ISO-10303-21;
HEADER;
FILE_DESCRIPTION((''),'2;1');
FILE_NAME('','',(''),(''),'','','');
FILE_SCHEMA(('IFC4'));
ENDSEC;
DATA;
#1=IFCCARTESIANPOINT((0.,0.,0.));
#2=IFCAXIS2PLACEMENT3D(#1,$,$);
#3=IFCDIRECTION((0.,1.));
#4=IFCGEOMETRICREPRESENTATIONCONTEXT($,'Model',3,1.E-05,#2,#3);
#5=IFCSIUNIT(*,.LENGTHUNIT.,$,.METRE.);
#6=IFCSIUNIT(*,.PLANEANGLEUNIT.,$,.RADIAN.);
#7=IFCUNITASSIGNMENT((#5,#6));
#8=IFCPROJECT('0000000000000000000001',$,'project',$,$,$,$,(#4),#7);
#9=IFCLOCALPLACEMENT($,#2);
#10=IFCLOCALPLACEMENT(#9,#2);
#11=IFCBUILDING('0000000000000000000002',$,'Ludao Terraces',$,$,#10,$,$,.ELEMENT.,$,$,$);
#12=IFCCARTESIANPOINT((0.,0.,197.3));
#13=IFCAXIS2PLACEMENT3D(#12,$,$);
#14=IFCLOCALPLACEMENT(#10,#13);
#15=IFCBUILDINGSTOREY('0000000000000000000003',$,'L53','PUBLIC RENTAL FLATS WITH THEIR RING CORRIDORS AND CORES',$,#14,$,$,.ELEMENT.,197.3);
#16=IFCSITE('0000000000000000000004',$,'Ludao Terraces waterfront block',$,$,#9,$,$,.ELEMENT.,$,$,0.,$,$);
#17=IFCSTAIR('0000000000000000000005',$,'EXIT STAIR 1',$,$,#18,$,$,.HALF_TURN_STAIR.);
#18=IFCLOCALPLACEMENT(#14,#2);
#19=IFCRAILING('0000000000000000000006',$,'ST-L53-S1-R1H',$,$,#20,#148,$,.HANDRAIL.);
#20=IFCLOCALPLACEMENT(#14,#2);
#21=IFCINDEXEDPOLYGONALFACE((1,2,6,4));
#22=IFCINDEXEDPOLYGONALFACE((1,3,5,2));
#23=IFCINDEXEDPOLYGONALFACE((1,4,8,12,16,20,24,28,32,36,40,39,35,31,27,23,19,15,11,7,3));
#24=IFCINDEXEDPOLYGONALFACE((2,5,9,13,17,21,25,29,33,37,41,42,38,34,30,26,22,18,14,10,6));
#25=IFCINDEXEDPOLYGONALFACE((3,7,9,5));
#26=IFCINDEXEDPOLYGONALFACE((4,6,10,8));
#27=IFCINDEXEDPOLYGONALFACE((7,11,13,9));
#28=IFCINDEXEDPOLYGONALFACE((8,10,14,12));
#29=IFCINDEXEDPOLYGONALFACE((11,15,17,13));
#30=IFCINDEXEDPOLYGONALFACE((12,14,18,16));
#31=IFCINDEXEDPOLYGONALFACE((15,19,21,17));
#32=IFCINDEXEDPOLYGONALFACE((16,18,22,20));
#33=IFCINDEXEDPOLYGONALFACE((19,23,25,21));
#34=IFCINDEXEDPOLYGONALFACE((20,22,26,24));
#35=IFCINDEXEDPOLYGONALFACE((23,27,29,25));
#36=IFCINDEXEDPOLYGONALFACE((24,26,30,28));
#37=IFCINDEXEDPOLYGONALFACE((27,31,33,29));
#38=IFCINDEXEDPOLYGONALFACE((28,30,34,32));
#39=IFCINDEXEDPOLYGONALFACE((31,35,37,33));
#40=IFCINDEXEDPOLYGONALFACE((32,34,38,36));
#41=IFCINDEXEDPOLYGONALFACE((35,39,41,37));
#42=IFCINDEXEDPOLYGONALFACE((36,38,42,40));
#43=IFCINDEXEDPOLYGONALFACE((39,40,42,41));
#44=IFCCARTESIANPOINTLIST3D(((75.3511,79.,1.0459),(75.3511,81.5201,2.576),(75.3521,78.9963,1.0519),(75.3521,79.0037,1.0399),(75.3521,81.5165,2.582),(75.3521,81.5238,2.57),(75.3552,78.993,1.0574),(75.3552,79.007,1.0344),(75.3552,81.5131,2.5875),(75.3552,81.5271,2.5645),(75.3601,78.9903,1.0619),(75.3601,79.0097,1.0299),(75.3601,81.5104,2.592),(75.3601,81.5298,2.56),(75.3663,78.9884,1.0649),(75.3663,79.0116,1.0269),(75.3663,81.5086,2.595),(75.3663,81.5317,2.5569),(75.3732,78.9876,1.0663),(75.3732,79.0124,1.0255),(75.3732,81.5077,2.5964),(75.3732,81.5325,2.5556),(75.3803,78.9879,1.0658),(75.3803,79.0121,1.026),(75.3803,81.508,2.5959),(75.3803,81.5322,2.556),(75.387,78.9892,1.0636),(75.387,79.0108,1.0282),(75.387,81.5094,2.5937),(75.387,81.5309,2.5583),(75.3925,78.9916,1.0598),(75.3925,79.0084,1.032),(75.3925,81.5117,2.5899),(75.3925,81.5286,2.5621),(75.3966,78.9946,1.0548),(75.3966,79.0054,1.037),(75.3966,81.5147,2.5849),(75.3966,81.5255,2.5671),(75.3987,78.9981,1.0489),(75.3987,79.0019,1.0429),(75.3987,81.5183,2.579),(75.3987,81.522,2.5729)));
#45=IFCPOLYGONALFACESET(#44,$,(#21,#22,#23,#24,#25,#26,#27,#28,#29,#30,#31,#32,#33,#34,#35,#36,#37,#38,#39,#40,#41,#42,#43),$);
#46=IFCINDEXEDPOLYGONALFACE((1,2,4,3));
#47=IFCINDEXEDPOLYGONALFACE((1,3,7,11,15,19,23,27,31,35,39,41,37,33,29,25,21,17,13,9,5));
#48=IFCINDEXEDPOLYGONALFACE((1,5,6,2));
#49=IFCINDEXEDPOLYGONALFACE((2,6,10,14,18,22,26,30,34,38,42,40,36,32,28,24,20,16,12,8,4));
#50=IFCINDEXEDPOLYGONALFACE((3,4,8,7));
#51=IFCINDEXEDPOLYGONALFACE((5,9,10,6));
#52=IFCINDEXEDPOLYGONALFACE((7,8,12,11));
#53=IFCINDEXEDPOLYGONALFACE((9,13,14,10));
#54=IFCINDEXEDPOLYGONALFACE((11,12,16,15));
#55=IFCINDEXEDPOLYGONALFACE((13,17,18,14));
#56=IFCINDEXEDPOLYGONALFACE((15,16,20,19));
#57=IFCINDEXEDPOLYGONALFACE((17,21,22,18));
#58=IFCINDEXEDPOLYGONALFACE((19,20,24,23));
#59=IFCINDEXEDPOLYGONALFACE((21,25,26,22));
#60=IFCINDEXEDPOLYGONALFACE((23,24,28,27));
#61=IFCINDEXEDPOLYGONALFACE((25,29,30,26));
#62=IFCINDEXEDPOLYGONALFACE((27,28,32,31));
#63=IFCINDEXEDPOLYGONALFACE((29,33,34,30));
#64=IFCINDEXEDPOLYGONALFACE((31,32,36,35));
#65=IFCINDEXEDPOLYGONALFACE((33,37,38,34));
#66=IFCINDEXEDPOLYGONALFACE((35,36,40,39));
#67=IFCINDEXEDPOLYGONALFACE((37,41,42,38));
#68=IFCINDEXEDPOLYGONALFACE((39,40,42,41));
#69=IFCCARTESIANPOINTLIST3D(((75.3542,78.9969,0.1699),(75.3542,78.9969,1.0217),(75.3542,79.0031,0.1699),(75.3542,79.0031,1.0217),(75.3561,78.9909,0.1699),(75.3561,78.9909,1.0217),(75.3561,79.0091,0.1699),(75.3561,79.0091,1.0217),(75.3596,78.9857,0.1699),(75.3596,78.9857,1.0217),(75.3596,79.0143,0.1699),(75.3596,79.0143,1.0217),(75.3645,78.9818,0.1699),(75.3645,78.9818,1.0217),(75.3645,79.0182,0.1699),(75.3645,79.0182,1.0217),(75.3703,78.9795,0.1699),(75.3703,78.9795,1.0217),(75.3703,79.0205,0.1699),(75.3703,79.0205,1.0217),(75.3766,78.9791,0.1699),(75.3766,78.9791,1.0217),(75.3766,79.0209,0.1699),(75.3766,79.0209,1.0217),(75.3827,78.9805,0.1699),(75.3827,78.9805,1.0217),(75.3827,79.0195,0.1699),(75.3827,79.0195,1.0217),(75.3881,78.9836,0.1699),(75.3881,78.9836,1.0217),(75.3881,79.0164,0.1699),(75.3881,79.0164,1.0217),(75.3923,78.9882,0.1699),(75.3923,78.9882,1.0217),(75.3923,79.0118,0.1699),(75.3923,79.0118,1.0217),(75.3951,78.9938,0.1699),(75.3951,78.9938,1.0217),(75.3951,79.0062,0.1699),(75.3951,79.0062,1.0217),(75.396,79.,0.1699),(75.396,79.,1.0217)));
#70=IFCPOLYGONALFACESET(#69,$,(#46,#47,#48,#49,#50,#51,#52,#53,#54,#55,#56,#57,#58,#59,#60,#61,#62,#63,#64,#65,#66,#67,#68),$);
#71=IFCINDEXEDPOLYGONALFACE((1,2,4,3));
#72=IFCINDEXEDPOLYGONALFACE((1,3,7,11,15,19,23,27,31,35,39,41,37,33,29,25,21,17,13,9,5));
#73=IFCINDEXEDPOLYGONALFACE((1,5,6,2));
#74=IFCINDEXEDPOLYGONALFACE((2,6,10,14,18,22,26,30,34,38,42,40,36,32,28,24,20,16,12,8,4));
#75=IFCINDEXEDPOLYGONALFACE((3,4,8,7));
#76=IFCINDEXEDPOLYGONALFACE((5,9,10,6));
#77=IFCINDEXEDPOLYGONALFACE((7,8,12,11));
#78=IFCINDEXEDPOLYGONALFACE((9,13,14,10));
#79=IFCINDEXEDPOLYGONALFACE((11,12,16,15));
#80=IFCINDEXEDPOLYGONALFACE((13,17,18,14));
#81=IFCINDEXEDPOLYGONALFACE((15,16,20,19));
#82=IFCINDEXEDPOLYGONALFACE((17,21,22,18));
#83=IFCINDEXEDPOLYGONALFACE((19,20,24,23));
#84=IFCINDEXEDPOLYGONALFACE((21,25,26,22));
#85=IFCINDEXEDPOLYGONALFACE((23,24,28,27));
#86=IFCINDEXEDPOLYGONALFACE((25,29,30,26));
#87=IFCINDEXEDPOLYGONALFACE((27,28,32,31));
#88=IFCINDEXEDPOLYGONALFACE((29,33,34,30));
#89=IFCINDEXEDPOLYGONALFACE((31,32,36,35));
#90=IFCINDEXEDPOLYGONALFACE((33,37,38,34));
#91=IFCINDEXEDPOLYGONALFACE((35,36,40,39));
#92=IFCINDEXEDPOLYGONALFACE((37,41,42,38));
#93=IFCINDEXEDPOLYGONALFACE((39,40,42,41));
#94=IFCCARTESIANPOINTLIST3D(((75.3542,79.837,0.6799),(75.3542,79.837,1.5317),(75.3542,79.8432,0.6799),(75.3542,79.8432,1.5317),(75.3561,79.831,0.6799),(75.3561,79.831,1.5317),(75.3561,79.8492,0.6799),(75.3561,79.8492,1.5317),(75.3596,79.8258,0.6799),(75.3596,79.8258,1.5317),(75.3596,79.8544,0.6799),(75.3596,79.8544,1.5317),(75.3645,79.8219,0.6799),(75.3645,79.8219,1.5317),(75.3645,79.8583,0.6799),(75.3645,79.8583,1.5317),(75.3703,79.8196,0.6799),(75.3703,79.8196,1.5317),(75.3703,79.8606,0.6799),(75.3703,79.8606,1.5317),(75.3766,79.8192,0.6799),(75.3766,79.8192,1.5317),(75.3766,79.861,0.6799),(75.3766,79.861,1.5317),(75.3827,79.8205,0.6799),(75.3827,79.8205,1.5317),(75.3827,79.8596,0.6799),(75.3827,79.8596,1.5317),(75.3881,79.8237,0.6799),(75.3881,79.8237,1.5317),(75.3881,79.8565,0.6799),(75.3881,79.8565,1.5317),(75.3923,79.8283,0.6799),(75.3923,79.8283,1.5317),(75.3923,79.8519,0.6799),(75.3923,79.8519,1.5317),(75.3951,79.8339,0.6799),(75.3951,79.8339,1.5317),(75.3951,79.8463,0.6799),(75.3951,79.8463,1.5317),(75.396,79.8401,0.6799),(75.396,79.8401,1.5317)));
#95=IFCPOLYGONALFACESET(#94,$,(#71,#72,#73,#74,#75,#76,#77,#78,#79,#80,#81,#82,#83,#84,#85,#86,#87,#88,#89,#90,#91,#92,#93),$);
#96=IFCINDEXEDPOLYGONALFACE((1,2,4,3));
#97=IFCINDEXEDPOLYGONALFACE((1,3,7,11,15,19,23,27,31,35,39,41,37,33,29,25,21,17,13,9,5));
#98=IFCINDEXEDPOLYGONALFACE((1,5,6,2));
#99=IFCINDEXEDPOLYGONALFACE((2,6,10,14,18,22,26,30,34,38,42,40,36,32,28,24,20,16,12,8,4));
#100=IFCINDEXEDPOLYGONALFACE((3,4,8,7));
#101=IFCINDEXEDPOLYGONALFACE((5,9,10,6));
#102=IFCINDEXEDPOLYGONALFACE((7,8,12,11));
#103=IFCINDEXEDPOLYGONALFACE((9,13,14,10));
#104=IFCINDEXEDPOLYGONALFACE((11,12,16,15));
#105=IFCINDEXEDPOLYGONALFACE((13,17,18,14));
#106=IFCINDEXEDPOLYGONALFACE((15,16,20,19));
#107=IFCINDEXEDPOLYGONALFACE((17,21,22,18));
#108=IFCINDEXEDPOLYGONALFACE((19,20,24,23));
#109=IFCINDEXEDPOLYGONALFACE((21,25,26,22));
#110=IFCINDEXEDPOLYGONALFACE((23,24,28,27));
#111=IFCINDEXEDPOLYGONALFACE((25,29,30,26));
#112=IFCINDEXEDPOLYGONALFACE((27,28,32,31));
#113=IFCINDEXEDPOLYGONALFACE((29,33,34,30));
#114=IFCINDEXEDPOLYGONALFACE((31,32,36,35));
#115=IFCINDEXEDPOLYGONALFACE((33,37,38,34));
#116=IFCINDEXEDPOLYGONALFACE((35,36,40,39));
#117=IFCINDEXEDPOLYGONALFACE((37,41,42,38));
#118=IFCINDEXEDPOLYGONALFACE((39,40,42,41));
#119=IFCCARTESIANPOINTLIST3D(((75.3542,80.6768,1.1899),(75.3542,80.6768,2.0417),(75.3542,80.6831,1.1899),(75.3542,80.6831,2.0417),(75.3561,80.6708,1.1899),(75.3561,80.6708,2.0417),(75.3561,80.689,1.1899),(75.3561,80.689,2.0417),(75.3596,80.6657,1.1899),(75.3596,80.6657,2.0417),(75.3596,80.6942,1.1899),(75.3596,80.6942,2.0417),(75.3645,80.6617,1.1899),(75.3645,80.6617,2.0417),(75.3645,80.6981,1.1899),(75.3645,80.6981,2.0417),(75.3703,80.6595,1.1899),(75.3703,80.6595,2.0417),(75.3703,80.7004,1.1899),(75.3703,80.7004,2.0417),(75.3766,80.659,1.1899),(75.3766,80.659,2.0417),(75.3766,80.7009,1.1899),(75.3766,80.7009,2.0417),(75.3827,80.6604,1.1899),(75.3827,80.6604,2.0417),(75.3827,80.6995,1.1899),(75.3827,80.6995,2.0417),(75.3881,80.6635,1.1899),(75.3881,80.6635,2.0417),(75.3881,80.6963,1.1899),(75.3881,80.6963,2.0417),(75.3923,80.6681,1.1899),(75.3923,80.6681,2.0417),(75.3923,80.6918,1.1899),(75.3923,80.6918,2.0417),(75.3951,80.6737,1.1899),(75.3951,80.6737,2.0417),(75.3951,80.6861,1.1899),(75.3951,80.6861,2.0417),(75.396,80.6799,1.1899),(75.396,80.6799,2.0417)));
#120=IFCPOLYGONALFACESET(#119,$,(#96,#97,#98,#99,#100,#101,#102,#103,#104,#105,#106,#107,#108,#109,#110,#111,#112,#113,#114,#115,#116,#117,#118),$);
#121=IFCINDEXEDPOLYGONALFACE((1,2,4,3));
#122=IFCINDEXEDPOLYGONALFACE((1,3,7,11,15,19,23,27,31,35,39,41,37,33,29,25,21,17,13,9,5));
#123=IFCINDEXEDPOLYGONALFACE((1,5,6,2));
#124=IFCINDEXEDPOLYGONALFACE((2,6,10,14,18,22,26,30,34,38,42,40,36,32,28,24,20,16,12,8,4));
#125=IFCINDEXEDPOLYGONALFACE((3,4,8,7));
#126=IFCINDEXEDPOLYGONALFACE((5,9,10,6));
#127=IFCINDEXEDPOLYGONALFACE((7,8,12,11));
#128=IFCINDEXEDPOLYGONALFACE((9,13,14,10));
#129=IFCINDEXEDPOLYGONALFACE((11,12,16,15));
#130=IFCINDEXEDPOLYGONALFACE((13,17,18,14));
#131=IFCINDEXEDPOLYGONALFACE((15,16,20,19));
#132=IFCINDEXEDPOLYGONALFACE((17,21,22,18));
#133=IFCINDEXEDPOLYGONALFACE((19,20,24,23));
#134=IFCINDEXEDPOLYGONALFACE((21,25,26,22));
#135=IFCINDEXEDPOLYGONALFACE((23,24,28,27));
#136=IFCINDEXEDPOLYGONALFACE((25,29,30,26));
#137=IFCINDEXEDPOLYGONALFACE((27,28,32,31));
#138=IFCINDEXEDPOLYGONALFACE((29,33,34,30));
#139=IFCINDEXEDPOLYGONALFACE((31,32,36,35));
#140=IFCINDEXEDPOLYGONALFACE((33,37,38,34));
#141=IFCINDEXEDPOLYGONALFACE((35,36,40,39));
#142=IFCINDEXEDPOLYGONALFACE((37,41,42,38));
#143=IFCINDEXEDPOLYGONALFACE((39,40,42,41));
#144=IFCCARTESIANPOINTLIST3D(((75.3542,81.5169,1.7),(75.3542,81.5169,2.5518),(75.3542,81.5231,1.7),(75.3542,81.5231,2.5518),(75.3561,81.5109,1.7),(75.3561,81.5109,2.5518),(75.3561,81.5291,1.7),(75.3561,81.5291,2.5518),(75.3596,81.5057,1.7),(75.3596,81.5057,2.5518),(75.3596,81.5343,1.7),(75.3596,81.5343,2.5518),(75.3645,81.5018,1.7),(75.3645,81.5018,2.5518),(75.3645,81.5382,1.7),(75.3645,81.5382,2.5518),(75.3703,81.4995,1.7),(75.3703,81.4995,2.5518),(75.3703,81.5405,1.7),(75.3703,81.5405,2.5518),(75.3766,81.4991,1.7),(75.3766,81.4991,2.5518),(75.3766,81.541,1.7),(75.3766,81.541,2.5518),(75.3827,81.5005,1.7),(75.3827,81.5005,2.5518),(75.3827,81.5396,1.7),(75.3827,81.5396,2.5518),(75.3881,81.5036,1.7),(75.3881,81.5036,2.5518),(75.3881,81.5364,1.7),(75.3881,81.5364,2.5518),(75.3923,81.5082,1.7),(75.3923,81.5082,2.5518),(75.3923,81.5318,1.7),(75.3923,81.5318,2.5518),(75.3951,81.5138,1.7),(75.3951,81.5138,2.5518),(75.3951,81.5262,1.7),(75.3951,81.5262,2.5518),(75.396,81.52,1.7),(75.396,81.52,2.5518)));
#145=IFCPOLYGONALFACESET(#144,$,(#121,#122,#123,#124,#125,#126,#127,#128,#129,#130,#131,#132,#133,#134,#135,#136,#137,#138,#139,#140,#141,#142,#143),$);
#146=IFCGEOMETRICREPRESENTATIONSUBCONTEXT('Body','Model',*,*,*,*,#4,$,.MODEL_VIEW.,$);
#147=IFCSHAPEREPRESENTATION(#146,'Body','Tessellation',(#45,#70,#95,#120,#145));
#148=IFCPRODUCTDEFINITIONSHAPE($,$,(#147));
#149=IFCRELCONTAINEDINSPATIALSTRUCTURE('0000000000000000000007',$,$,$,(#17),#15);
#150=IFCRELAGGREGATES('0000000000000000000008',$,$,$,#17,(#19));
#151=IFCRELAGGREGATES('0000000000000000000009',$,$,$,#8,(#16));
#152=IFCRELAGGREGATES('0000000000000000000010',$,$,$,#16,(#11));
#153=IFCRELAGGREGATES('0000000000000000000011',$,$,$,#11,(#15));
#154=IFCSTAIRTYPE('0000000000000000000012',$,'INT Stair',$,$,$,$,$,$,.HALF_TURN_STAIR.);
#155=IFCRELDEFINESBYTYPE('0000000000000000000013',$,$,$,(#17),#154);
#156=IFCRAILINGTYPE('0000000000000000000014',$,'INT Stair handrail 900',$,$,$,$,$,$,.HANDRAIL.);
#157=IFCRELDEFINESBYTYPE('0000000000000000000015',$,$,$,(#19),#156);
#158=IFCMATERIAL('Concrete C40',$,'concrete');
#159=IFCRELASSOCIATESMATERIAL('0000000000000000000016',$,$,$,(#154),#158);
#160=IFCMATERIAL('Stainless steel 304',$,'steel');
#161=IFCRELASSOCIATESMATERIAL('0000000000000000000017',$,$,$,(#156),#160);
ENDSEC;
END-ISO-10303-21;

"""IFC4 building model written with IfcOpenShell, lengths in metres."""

from ifc_helpers import new_model, si_unit, direction, frame, origin, origin_2d, place, context, subcontext, project, spatial, circle, extrude, material, type_object, element, aggregate, save


model = new_model("IFC4")

# Units and contexts
model_context = context("Model", 3, precision=1e-05, world=origin(), true_north=direction((0.0, 1.0)))
body_context = subcontext(model_context, "Body", "Model", "MODEL_VIEW")
ifc_project = project(units=[si_unit("LENGTHUNIT", "METRE"), si_unit("PLANEANGLEUNIT", "RADIAN")], contexts=[model_context])

# Site, building, storey
site_placement = place(None, origin())
site = spatial("IfcSite", under=ifc_project, at=site_placement, Name="Ludao Terraces waterfront block", CompositionType="ELEMENT", RefElevation=0.0)
building_placement = place(site_placement, origin())
building = spatial("IfcBuilding", under=site, at=building_placement, Name="Ludao Terraces", CompositionType="ELEMENT")
storey_placement = place(building_placement, frame((0.0, 0.0, 197.3)))
storey = spatial("IfcBuildingStorey", under=building, at=storey_placement, Name="L53", Description="PUBLIC RENTAL FLATS WITH THEIR RING CORRIDORS AND CORES", CompositionType="ELEMENT", Elevation=197.3)

# Shared definitions
ifc_material_1 = material(Name="Concrete C40", Category="concrete")

# Stair, railing
stair_type = type_object("IfcStairType", Name="INT Stair", PredefinedType="HALF_TURN_STAIR", material=ifc_material_1)
stair_placement = place(storey_placement, origin())
stair = element("IfcStair", 1, at=stair_placement, inside=storey, type_object=stair_type, Name="EXIT STAIR 1", PredefinedType="HALF_TURN_STAIR")
ifc_material_2 = material(Name="Stainless steel 304", Category="steel")
railing_type_1 = type_object("IfcRailingType", Name="INT Stair handrail 900", PredefinedType="HANDRAIL", material=ifc_material_2)
railing_1_placement = place(storey_placement, frame((75.375, 79.0, 0.1699)))
railing_1 = element("IfcRailing", 2, at=railing_1_placement, type_object=railing_type_1, Name="ST-L53-S1-R1H", PredefinedType="HANDRAIL", context=body_context, shape_type="SweptSolid", body=[
    extrude(circle(Radius=0.0239, at=origin_2d()), frame((0.0, 0.0, 0.876), z_axis=(0.0, 0.854785, 0.518982), x_axis=(-1.0, 0.0, 0.0)), (0.0, 0.0, 1.0), 2.9482),
    extrude(circle(Radius=0.021, at=origin_2d()), origin(), (0.0, 0.0, 1.0), 0.8518),
    extrude(circle(Radius=0.021, at=origin_2d()), frame((0.0, 0.8401, 0.51)), (0.0, 0.0, 1.0), 0.8518),
    extrude(circle(Radius=0.021, at=origin_2d()), frame((0.0, 1.6799, 1.02)), (0.0, 0.0, 1.0), 0.8518),
    extrude(circle(Radius=0.021, at=origin_2d()), frame((0.0, 2.52, 1.53)), (0.0, 0.0, 1.0), 0.8518),
])
aggregate(stair, [railing_1])

save(model, "model.ifc")
